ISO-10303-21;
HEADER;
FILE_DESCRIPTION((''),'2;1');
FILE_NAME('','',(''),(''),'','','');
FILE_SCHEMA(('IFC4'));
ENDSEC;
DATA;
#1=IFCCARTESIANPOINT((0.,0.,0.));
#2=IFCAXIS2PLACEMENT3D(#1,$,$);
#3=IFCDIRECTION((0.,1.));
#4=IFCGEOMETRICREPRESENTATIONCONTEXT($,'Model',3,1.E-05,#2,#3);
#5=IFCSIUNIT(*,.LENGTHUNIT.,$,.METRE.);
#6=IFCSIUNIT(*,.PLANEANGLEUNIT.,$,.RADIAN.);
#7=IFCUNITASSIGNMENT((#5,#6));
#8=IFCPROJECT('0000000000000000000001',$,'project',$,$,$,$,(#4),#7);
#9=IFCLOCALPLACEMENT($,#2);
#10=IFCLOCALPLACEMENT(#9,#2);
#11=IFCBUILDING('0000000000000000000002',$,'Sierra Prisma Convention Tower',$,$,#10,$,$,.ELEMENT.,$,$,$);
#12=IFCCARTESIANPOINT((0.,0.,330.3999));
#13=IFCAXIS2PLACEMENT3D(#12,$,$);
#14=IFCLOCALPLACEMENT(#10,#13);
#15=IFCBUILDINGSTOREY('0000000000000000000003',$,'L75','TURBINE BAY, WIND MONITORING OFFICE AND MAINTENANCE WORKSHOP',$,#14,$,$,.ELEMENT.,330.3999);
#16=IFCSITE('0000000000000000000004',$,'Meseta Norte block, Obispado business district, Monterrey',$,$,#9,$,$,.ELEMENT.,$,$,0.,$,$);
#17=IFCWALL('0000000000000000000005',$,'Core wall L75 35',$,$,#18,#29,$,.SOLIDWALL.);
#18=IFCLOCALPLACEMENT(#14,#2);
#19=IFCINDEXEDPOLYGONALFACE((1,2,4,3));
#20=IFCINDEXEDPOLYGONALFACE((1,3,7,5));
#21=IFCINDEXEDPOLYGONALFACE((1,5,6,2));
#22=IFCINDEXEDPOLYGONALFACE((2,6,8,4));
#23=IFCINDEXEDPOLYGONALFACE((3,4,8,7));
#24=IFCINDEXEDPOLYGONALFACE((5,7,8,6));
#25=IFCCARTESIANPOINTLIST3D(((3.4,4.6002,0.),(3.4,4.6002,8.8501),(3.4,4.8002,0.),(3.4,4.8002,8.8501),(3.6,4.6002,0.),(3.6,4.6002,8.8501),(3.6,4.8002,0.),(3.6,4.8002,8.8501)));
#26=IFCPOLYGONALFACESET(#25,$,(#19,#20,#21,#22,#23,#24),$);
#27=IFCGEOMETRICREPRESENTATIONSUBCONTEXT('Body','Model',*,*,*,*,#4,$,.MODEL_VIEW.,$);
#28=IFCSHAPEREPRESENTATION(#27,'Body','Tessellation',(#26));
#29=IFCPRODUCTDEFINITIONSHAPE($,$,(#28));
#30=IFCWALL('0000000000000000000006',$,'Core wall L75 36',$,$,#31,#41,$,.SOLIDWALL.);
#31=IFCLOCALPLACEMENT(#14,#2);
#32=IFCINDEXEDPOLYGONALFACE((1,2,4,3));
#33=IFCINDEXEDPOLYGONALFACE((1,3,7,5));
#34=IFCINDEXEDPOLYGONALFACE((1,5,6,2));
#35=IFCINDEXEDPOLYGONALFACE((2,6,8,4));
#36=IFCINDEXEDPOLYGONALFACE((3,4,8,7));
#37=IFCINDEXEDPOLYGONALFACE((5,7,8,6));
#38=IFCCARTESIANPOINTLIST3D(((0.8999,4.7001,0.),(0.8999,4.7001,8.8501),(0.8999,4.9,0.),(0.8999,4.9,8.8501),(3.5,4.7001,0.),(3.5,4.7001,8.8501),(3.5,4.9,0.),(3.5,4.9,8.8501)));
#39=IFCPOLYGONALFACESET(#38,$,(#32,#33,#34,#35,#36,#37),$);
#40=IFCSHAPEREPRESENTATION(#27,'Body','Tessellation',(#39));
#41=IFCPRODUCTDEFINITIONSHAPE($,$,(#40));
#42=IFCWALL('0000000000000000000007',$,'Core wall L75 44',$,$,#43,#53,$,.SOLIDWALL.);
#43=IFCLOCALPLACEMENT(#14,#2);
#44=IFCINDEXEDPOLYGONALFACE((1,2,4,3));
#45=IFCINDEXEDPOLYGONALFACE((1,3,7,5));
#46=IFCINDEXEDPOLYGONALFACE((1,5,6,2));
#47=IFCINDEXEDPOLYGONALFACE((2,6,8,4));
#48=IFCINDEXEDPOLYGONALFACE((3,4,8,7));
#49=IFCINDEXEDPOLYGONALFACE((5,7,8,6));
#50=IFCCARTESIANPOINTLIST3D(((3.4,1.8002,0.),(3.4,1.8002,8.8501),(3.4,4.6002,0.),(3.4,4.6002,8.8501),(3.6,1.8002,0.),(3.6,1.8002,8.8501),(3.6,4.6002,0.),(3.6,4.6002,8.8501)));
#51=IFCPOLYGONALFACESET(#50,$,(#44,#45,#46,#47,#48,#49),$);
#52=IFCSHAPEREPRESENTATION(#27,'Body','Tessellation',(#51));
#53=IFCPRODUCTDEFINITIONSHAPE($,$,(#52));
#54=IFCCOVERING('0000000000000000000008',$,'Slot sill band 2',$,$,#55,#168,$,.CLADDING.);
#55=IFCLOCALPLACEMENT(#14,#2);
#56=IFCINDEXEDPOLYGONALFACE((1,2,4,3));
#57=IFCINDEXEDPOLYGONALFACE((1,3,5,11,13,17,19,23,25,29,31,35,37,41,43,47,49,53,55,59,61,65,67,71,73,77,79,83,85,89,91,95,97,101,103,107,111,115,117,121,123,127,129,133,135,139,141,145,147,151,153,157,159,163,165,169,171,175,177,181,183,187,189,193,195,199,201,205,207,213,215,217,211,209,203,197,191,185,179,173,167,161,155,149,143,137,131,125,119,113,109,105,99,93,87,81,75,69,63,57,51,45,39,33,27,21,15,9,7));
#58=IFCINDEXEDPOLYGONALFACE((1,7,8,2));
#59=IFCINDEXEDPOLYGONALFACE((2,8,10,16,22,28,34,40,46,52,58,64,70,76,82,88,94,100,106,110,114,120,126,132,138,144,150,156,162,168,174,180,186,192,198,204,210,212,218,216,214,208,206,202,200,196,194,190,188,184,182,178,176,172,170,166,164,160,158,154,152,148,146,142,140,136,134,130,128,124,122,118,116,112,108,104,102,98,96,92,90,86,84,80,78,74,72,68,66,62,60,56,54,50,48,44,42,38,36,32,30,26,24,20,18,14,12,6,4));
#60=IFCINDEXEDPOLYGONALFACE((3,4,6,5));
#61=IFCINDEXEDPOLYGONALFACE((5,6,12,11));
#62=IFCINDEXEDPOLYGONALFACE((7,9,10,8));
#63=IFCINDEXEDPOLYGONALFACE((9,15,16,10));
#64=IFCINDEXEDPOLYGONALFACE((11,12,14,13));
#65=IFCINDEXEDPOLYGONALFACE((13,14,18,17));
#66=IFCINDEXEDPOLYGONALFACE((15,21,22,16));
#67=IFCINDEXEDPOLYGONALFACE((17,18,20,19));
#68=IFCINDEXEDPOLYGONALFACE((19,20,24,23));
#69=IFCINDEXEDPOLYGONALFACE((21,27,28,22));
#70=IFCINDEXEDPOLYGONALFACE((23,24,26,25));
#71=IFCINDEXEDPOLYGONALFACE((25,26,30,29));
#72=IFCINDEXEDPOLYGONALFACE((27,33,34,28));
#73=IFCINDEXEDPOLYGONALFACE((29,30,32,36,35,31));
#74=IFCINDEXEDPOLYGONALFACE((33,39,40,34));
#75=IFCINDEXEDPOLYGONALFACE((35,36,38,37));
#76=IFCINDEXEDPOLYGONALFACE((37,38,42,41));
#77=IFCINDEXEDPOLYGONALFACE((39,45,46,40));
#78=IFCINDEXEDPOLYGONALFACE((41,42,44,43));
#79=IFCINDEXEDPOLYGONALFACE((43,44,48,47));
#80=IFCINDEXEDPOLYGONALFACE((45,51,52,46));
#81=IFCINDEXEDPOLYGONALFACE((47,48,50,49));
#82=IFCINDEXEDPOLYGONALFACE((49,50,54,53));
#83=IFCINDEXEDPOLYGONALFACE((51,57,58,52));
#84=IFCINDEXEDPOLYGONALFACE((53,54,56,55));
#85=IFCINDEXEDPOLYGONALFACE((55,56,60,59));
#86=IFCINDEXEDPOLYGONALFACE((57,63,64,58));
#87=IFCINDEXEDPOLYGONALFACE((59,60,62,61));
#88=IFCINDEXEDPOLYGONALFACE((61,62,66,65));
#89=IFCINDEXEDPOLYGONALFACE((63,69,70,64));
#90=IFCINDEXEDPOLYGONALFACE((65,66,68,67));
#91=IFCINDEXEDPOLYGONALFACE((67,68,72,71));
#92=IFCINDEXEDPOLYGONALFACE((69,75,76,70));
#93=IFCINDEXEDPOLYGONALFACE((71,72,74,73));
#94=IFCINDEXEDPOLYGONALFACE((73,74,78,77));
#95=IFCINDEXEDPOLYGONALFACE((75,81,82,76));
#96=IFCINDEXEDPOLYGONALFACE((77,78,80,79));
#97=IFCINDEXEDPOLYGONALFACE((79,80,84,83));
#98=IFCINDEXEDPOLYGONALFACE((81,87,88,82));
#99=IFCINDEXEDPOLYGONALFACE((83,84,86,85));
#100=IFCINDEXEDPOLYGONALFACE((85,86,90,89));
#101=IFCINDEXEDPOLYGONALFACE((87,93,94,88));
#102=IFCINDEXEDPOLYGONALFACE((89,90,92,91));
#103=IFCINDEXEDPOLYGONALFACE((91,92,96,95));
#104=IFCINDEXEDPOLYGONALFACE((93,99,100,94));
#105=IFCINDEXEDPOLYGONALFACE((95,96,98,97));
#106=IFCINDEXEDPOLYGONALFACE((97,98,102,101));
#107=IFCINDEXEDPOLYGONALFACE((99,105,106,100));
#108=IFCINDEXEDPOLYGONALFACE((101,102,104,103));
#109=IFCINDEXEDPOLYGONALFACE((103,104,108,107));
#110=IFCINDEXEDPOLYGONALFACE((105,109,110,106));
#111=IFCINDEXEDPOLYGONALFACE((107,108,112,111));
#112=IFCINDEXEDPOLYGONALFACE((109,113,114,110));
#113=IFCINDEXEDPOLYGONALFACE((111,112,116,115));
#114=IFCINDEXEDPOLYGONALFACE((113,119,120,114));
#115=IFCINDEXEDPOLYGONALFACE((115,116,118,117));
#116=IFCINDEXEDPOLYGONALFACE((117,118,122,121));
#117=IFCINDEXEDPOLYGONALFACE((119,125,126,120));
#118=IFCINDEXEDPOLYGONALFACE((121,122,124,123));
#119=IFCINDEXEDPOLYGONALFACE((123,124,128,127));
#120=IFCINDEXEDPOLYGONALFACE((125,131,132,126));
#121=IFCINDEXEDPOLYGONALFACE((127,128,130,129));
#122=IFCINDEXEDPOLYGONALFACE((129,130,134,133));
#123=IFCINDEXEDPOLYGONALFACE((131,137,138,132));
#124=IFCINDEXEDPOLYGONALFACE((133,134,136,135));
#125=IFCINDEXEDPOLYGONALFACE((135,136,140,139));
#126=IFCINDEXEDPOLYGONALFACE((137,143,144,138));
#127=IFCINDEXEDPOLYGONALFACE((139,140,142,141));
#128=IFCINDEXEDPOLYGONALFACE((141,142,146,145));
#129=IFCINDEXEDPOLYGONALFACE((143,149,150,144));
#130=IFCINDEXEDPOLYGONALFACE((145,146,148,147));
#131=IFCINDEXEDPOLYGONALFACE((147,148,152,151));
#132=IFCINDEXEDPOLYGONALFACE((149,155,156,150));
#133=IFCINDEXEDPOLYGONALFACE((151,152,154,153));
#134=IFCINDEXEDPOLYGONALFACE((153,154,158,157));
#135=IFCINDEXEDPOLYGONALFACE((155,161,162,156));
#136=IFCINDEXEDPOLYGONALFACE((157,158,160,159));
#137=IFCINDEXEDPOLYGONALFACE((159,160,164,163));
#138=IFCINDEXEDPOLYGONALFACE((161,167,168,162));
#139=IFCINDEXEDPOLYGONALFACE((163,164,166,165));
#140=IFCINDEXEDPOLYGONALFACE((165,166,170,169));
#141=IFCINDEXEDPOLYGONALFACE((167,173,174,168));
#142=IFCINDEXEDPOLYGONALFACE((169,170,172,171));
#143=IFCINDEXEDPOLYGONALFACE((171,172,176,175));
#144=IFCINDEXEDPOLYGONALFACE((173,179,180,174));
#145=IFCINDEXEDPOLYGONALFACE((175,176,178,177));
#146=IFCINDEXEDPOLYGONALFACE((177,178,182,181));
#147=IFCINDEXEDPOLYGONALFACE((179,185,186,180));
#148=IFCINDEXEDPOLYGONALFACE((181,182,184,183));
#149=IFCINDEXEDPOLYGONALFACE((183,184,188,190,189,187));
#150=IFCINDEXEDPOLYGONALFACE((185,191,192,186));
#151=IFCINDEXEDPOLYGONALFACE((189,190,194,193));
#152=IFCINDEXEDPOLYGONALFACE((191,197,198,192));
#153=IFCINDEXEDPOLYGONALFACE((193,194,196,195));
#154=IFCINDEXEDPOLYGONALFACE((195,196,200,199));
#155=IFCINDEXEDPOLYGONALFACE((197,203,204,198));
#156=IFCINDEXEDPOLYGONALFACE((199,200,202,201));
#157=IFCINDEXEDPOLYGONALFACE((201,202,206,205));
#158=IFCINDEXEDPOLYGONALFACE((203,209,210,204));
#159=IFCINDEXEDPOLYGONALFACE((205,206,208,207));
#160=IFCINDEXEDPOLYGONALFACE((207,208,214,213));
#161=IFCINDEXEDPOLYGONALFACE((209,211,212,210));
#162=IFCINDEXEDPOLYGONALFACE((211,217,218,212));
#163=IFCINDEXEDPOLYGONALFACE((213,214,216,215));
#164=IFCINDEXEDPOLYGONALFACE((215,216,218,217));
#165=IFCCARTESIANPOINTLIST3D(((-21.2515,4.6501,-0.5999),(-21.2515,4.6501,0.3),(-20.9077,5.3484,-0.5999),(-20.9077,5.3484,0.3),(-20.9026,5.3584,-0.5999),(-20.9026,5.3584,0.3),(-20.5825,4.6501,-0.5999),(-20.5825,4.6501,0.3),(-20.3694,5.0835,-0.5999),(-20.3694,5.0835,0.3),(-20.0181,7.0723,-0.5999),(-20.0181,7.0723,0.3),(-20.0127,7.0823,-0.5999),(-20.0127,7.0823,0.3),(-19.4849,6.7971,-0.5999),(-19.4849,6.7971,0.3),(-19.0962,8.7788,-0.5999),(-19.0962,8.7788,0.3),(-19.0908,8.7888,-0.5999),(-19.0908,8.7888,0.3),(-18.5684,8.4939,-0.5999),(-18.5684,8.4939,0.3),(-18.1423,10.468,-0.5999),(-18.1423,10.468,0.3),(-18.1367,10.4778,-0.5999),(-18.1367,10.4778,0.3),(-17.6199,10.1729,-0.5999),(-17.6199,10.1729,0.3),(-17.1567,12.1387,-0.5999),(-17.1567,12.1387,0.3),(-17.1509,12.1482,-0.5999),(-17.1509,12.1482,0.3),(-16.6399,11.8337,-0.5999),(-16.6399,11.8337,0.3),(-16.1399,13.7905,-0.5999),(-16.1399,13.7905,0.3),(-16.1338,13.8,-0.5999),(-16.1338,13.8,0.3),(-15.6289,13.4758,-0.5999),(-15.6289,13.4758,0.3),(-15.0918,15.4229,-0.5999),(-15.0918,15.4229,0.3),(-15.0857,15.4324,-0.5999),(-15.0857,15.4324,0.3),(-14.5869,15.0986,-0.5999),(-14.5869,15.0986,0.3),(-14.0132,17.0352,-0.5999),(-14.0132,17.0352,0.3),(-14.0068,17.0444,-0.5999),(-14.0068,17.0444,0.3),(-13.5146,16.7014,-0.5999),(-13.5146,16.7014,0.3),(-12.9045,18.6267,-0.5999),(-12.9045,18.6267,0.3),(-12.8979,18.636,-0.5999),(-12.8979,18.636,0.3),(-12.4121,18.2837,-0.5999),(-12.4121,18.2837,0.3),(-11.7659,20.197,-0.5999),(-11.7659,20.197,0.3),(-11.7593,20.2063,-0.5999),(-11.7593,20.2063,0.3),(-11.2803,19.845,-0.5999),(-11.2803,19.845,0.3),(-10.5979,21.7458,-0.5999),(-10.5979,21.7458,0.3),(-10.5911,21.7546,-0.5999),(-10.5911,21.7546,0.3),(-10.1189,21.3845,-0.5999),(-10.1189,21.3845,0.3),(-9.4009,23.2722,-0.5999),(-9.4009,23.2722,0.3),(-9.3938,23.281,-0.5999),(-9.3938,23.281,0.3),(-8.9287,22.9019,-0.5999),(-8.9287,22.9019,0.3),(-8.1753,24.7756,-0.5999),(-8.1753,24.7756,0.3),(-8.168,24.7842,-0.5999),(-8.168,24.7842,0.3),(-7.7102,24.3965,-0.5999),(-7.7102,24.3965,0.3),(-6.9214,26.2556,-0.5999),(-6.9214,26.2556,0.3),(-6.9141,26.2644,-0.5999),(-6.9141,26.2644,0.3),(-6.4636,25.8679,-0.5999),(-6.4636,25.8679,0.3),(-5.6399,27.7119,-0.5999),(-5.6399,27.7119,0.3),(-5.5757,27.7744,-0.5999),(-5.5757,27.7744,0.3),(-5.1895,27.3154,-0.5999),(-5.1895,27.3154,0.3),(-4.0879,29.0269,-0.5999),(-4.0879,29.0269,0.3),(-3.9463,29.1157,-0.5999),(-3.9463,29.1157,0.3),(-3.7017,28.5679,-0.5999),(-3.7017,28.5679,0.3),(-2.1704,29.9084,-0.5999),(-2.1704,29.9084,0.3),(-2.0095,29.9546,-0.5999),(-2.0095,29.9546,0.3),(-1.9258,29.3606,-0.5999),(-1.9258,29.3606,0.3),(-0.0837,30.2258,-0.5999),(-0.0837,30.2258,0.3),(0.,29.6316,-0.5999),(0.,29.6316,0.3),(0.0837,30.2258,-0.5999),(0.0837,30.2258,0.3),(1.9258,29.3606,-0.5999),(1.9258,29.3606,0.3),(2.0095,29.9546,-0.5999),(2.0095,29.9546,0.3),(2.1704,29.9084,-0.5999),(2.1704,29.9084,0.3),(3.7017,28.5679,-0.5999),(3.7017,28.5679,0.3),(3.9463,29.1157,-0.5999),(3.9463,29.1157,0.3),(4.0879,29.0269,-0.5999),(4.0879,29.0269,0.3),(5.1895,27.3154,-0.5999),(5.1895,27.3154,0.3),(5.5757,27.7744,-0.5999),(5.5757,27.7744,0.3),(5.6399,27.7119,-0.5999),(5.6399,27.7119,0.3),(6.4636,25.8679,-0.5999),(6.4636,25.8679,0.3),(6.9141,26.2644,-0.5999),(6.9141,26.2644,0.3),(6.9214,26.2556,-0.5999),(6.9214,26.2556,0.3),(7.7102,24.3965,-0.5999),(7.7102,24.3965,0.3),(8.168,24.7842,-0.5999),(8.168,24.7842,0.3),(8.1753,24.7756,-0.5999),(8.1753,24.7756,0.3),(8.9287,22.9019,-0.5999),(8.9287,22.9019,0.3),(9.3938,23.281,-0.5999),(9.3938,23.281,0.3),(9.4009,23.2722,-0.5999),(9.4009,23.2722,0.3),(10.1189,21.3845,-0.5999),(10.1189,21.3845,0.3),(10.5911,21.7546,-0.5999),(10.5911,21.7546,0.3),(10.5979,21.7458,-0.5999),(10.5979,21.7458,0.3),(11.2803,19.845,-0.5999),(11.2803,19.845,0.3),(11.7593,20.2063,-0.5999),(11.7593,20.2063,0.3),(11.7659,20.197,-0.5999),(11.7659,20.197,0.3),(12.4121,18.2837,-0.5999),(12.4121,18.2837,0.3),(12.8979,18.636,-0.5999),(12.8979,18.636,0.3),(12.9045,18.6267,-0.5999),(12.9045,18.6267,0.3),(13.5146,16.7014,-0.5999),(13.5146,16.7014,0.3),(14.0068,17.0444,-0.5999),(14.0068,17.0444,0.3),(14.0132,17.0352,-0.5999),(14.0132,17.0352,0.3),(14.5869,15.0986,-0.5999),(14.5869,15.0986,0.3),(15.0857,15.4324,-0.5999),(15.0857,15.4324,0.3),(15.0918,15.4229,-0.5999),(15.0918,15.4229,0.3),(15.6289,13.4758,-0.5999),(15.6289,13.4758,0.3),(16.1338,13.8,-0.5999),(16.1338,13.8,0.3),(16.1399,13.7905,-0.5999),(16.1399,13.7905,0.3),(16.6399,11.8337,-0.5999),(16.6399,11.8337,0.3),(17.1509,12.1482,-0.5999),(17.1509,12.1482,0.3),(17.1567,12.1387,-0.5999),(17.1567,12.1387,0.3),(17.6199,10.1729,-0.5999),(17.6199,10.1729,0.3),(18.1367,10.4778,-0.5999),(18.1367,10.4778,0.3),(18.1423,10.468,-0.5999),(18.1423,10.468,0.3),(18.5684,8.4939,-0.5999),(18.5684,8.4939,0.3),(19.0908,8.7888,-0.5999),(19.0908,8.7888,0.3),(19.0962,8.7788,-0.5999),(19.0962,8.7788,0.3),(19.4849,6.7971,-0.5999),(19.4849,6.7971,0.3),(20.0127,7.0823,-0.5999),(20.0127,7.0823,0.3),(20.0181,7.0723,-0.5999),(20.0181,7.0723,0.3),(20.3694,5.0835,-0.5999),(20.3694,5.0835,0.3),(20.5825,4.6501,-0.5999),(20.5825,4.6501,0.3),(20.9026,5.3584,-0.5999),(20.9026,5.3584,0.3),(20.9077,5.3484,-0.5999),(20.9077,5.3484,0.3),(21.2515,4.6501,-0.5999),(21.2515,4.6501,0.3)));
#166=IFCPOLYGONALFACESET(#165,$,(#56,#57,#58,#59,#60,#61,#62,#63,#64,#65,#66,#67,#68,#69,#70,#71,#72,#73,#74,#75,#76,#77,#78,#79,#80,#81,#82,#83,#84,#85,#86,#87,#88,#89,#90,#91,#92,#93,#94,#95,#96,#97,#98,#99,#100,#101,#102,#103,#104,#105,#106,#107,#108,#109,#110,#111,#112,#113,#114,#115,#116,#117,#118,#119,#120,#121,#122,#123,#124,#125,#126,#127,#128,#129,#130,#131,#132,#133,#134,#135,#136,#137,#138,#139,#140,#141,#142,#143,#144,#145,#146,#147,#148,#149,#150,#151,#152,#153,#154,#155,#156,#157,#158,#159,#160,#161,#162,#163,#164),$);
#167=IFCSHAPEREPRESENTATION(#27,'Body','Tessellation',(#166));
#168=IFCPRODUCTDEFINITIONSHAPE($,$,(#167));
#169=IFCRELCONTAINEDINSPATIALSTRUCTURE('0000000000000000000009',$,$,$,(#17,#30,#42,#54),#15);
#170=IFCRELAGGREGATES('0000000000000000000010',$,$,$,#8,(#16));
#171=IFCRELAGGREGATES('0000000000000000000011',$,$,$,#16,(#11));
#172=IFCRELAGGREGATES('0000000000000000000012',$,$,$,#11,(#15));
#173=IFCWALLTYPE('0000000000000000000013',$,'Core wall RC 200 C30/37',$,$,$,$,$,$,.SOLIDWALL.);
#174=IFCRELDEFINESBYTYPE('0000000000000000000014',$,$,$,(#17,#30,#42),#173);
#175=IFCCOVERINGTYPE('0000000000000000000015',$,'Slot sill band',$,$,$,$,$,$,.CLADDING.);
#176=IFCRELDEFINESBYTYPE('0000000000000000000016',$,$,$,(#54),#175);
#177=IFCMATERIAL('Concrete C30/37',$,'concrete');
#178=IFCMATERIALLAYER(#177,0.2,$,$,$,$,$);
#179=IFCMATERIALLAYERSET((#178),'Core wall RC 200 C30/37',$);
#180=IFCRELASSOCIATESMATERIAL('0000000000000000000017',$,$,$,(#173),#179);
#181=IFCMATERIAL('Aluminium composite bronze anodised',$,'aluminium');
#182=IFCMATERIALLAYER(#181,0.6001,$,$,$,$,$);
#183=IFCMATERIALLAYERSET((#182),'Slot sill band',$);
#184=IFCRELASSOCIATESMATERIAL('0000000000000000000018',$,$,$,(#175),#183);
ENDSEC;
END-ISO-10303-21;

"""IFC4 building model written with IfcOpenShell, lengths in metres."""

from ifc_helpers import new_model, si_unit, direction, frame, frame_2d, origin, place, context, subcontext, project, spatial, polyline, rectangle, outline, extrude, material, layer, layer_set, type_object, element, save


model = new_model("IFC4")

# Units and contexts
model_context = context("Model", 3, precision=1e-05, world=origin(), true_north=direction((0.0, 1.0)))
body_context = subcontext(model_context, "Body", "Model", "MODEL_VIEW")
ifc_project = project(units=[si_unit("LENGTHUNIT", "METRE"), si_unit("PLANEANGLEUNIT", "RADIAN")], contexts=[model_context])

# Site, building, storey
site_placement = place(None, origin())
site = spatial("IfcSite", under=ifc_project, at=site_placement, Name="Meseta Norte block, Obispado business district, Monterrey", CompositionType="ELEMENT", RefElevation=0.0)
building_placement = place(site_placement, origin())
building = spatial("IfcBuilding", under=site, at=building_placement, Name="Sierra Prisma Convention Tower", CompositionType="ELEMENT")
storey_placement = place(building_placement, frame((0.0, 0.0, 330.3999)))
storey = spatial("IfcBuildingStorey", under=building, at=storey_placement, Name="L75", Description="TURBINE BAY, WIND MONITORING OFFICE AND MAINTENANCE WORKSHOP", CompositionType="ELEMENT", Elevation=330.3999)

# Shared definitions
ifc_material_1 = material(Name="Concrete C30/37", Category="concrete")
ifc_layer_1 = layer(ifc_material_1, 0.2)
ifc_layer_set_1 = layer_set([ifc_layer_1], Name="Core wall RC 200 C30/37")
wall_type = type_object("IfcWallType", Name="Core wall RC 200 C30/37", PredefinedType="SOLIDWALL", material=ifc_layer_set_1)

# Walls
wall_1_placement = place(storey_placement, frame((3.5, 4.6001, 0.0), z_axis=(0.0, 0.0, 1.0), x_axis=(0.0, 1.0, 0.0)))
element("IfcWall", 1, at=wall_1_placement, inside=storey, type_object=wall_type, Name="Core wall L75 35", PredefinedType="SOLIDWALL", context=body_context, shape_type="SweptSolid", body=[
    extrude(rectangle(XDim=0.2, YDim=0.2, at=frame_2d((0.1001, 0.0))), origin(), (0.0, 0.0, 1.0), 8.8501),
])
wall_2_placement = place(storey_placement, frame((3.5, 4.8, 0.0), z_axis=(0.0, 0.0, 1.0), x_axis=(-1.0, 0.0, 0.0)))
element("IfcWall", 2, at=wall_2_placement, inside=storey, type_object=wall_type, Name="Core wall L75 36", PredefinedType="SOLIDWALL", context=body_context, shape_type="SweptSolid", body=[
    extrude(rectangle(XDim=2.6001, YDim=0.2, at=frame_2d((1.3, 0.0))), origin(), (0.0, 0.0, 1.0), 8.8501),
])

# Wall
wall_3_placement = place(storey_placement, frame((3.5, 4.6001, 0.0), z_axis=(0.0, 0.0, 1.0), x_axis=(0.0, -1.0, 0.0)))
element("IfcWall", 3, at=wall_3_placement, inside=storey, type_object=wall_type, Name="Core wall L75 44", PredefinedType="SOLIDWALL", context=body_context, shape_type="SweptSolid", body=[
    extrude(rectangle(XDim=2.8, YDim=0.2, at=frame_2d((1.3999, 0.0))), origin(), (0.0, 0.0, 1.0), 8.8501),
])

# Covering
ifc_material_2 = material(Name="Aluminium composite bronze anodised", Category="aluminium")
ifc_layer_2 = layer(ifc_material_2, 0.6001)
ifc_layer_set_2 = layer_set([ifc_layer_2], Name="Slot sill band")
covering_type = type_object("IfcCoveringType", Name="Slot sill band", PredefinedType="CLADDING", material=ifc_layer_set_2)
covering_placement = place(storey_placement, frame((0.0, 0.0, -0.5999)))
element("IfcCovering", 4, at=covering_placement, inside=storey, type_object=covering_type, Name="Slot sill band 2", PredefinedType="CLADDING", context=body_context, shape_type="SweptSolid", body=[
    extrude(outline(polyline([(-20.9077, 5.3484), (-20.9026, 5.3584), (-20.0181, 7.0723), (-20.0127, 7.0823), (-19.0962, 8.7788), (-19.0908, 8.7888), (-18.1423, 10.468), (-18.1367, 10.4778), (-17.1567, 12.1387), (-17.1509, 12.1482), (-16.1399, 13.7905), (-16.1338, 13.8), (-15.0918, 15.4229), (-15.0857, 15.4324), (-14.0132, 17.0352), (-14.0068, 17.0444), (-12.9045, 18.6267), (-12.8979, 18.636), (-11.7659, 20.197), (-11.7593, 20.2063), (-10.5979, 21.7458), (-10.5911, 21.7546), (-9.4009, 23.2722), (-9.3938, 23.281), (-8.1753, 24.7756), (-8.168, 24.7842), (-6.9214, 26.2556), (-6.9141, 26.2644), (-5.6399, 27.7119), (-5.5757, 27.7744), (-4.0879, 29.0269), (-3.9463, 29.1157), (-2.1704, 29.9084), (-2.0095, 29.9546), (-0.0837, 30.2258), (0.0837, 30.2258), (2.0095, 29.9546), (2.1704, 29.9084), (3.9463, 29.1157), (4.0879, 29.0269), (5.5757, 27.7744), (5.6399, 27.7119), (6.9141, 26.2644), (6.9214, 26.2556), (8.168, 24.7842), (8.1753, 24.7756), (9.3938, 23.281), (9.4009, 23.2722), (10.5911, 21.7546), (10.5979, 21.7458), (11.7593, 20.2063), (11.7659, 20.197), (12.8979, 18.636), (12.9045, 18.6267), (14.0068, 17.0444), (14.0132, 17.0352), (15.0857, 15.4324), (15.0918, 15.4229), (16.1338, 13.8), (16.1399, 13.7905), (17.1509, 12.1482), (17.1567, 12.1387), (18.1367, 10.4778), (18.1423, 10.468), (19.0908, 8.7888), (19.0962, 8.7788), (20.0127, 7.0823), (20.0181, 7.0723), (20.9026, 5.3584), (20.9077, 5.3484), (21.2515, 4.6501), (20.5825, 4.6501), (20.3694, 5.0835), (19.4849, 6.7971), (18.5684, 8.4939), (17.6199, 10.1729), (16.6399, 11.8337), (15.6289, 13.4758), (14.5869, 15.0986), (13.5146, 16.7014), (12.4121, 18.2837), (11.2803, 19.845), (10.1189, 21.3845), (8.9287, 22.9019), (7.7102, 24.3965), (6.4636, 25.8679), (5.1895, 27.3154), (3.7017, 28.5679), (1.9258, 29.3606), (0.0, 29.6316), (-1.9258, 29.3606), (-3.7017, 28.5679), (-5.1895, 27.3154), (-6.4636, 25.8679), (-7.7102, 24.3965), (-8.9287, 22.9019), (-10.1189, 21.3845), (-11.2803, 19.845), (-12.4121, 18.2837), (-13.5146, 16.7014), (-14.5869, 15.0986), (-15.6289, 13.4758), (-16.6399, 11.8337), (-17.6199, 10.1729), (-18.5684, 8.4939), (-19.4849, 6.7971), (-20.3694, 5.0835), (-20.5825, 4.6501), (-21.2515, 4.6501), (-20.9077, 5.3484)])), origin(), (0.0, 0.0, 1.0), 0.8999),
])

save(model, "model.ifc")
